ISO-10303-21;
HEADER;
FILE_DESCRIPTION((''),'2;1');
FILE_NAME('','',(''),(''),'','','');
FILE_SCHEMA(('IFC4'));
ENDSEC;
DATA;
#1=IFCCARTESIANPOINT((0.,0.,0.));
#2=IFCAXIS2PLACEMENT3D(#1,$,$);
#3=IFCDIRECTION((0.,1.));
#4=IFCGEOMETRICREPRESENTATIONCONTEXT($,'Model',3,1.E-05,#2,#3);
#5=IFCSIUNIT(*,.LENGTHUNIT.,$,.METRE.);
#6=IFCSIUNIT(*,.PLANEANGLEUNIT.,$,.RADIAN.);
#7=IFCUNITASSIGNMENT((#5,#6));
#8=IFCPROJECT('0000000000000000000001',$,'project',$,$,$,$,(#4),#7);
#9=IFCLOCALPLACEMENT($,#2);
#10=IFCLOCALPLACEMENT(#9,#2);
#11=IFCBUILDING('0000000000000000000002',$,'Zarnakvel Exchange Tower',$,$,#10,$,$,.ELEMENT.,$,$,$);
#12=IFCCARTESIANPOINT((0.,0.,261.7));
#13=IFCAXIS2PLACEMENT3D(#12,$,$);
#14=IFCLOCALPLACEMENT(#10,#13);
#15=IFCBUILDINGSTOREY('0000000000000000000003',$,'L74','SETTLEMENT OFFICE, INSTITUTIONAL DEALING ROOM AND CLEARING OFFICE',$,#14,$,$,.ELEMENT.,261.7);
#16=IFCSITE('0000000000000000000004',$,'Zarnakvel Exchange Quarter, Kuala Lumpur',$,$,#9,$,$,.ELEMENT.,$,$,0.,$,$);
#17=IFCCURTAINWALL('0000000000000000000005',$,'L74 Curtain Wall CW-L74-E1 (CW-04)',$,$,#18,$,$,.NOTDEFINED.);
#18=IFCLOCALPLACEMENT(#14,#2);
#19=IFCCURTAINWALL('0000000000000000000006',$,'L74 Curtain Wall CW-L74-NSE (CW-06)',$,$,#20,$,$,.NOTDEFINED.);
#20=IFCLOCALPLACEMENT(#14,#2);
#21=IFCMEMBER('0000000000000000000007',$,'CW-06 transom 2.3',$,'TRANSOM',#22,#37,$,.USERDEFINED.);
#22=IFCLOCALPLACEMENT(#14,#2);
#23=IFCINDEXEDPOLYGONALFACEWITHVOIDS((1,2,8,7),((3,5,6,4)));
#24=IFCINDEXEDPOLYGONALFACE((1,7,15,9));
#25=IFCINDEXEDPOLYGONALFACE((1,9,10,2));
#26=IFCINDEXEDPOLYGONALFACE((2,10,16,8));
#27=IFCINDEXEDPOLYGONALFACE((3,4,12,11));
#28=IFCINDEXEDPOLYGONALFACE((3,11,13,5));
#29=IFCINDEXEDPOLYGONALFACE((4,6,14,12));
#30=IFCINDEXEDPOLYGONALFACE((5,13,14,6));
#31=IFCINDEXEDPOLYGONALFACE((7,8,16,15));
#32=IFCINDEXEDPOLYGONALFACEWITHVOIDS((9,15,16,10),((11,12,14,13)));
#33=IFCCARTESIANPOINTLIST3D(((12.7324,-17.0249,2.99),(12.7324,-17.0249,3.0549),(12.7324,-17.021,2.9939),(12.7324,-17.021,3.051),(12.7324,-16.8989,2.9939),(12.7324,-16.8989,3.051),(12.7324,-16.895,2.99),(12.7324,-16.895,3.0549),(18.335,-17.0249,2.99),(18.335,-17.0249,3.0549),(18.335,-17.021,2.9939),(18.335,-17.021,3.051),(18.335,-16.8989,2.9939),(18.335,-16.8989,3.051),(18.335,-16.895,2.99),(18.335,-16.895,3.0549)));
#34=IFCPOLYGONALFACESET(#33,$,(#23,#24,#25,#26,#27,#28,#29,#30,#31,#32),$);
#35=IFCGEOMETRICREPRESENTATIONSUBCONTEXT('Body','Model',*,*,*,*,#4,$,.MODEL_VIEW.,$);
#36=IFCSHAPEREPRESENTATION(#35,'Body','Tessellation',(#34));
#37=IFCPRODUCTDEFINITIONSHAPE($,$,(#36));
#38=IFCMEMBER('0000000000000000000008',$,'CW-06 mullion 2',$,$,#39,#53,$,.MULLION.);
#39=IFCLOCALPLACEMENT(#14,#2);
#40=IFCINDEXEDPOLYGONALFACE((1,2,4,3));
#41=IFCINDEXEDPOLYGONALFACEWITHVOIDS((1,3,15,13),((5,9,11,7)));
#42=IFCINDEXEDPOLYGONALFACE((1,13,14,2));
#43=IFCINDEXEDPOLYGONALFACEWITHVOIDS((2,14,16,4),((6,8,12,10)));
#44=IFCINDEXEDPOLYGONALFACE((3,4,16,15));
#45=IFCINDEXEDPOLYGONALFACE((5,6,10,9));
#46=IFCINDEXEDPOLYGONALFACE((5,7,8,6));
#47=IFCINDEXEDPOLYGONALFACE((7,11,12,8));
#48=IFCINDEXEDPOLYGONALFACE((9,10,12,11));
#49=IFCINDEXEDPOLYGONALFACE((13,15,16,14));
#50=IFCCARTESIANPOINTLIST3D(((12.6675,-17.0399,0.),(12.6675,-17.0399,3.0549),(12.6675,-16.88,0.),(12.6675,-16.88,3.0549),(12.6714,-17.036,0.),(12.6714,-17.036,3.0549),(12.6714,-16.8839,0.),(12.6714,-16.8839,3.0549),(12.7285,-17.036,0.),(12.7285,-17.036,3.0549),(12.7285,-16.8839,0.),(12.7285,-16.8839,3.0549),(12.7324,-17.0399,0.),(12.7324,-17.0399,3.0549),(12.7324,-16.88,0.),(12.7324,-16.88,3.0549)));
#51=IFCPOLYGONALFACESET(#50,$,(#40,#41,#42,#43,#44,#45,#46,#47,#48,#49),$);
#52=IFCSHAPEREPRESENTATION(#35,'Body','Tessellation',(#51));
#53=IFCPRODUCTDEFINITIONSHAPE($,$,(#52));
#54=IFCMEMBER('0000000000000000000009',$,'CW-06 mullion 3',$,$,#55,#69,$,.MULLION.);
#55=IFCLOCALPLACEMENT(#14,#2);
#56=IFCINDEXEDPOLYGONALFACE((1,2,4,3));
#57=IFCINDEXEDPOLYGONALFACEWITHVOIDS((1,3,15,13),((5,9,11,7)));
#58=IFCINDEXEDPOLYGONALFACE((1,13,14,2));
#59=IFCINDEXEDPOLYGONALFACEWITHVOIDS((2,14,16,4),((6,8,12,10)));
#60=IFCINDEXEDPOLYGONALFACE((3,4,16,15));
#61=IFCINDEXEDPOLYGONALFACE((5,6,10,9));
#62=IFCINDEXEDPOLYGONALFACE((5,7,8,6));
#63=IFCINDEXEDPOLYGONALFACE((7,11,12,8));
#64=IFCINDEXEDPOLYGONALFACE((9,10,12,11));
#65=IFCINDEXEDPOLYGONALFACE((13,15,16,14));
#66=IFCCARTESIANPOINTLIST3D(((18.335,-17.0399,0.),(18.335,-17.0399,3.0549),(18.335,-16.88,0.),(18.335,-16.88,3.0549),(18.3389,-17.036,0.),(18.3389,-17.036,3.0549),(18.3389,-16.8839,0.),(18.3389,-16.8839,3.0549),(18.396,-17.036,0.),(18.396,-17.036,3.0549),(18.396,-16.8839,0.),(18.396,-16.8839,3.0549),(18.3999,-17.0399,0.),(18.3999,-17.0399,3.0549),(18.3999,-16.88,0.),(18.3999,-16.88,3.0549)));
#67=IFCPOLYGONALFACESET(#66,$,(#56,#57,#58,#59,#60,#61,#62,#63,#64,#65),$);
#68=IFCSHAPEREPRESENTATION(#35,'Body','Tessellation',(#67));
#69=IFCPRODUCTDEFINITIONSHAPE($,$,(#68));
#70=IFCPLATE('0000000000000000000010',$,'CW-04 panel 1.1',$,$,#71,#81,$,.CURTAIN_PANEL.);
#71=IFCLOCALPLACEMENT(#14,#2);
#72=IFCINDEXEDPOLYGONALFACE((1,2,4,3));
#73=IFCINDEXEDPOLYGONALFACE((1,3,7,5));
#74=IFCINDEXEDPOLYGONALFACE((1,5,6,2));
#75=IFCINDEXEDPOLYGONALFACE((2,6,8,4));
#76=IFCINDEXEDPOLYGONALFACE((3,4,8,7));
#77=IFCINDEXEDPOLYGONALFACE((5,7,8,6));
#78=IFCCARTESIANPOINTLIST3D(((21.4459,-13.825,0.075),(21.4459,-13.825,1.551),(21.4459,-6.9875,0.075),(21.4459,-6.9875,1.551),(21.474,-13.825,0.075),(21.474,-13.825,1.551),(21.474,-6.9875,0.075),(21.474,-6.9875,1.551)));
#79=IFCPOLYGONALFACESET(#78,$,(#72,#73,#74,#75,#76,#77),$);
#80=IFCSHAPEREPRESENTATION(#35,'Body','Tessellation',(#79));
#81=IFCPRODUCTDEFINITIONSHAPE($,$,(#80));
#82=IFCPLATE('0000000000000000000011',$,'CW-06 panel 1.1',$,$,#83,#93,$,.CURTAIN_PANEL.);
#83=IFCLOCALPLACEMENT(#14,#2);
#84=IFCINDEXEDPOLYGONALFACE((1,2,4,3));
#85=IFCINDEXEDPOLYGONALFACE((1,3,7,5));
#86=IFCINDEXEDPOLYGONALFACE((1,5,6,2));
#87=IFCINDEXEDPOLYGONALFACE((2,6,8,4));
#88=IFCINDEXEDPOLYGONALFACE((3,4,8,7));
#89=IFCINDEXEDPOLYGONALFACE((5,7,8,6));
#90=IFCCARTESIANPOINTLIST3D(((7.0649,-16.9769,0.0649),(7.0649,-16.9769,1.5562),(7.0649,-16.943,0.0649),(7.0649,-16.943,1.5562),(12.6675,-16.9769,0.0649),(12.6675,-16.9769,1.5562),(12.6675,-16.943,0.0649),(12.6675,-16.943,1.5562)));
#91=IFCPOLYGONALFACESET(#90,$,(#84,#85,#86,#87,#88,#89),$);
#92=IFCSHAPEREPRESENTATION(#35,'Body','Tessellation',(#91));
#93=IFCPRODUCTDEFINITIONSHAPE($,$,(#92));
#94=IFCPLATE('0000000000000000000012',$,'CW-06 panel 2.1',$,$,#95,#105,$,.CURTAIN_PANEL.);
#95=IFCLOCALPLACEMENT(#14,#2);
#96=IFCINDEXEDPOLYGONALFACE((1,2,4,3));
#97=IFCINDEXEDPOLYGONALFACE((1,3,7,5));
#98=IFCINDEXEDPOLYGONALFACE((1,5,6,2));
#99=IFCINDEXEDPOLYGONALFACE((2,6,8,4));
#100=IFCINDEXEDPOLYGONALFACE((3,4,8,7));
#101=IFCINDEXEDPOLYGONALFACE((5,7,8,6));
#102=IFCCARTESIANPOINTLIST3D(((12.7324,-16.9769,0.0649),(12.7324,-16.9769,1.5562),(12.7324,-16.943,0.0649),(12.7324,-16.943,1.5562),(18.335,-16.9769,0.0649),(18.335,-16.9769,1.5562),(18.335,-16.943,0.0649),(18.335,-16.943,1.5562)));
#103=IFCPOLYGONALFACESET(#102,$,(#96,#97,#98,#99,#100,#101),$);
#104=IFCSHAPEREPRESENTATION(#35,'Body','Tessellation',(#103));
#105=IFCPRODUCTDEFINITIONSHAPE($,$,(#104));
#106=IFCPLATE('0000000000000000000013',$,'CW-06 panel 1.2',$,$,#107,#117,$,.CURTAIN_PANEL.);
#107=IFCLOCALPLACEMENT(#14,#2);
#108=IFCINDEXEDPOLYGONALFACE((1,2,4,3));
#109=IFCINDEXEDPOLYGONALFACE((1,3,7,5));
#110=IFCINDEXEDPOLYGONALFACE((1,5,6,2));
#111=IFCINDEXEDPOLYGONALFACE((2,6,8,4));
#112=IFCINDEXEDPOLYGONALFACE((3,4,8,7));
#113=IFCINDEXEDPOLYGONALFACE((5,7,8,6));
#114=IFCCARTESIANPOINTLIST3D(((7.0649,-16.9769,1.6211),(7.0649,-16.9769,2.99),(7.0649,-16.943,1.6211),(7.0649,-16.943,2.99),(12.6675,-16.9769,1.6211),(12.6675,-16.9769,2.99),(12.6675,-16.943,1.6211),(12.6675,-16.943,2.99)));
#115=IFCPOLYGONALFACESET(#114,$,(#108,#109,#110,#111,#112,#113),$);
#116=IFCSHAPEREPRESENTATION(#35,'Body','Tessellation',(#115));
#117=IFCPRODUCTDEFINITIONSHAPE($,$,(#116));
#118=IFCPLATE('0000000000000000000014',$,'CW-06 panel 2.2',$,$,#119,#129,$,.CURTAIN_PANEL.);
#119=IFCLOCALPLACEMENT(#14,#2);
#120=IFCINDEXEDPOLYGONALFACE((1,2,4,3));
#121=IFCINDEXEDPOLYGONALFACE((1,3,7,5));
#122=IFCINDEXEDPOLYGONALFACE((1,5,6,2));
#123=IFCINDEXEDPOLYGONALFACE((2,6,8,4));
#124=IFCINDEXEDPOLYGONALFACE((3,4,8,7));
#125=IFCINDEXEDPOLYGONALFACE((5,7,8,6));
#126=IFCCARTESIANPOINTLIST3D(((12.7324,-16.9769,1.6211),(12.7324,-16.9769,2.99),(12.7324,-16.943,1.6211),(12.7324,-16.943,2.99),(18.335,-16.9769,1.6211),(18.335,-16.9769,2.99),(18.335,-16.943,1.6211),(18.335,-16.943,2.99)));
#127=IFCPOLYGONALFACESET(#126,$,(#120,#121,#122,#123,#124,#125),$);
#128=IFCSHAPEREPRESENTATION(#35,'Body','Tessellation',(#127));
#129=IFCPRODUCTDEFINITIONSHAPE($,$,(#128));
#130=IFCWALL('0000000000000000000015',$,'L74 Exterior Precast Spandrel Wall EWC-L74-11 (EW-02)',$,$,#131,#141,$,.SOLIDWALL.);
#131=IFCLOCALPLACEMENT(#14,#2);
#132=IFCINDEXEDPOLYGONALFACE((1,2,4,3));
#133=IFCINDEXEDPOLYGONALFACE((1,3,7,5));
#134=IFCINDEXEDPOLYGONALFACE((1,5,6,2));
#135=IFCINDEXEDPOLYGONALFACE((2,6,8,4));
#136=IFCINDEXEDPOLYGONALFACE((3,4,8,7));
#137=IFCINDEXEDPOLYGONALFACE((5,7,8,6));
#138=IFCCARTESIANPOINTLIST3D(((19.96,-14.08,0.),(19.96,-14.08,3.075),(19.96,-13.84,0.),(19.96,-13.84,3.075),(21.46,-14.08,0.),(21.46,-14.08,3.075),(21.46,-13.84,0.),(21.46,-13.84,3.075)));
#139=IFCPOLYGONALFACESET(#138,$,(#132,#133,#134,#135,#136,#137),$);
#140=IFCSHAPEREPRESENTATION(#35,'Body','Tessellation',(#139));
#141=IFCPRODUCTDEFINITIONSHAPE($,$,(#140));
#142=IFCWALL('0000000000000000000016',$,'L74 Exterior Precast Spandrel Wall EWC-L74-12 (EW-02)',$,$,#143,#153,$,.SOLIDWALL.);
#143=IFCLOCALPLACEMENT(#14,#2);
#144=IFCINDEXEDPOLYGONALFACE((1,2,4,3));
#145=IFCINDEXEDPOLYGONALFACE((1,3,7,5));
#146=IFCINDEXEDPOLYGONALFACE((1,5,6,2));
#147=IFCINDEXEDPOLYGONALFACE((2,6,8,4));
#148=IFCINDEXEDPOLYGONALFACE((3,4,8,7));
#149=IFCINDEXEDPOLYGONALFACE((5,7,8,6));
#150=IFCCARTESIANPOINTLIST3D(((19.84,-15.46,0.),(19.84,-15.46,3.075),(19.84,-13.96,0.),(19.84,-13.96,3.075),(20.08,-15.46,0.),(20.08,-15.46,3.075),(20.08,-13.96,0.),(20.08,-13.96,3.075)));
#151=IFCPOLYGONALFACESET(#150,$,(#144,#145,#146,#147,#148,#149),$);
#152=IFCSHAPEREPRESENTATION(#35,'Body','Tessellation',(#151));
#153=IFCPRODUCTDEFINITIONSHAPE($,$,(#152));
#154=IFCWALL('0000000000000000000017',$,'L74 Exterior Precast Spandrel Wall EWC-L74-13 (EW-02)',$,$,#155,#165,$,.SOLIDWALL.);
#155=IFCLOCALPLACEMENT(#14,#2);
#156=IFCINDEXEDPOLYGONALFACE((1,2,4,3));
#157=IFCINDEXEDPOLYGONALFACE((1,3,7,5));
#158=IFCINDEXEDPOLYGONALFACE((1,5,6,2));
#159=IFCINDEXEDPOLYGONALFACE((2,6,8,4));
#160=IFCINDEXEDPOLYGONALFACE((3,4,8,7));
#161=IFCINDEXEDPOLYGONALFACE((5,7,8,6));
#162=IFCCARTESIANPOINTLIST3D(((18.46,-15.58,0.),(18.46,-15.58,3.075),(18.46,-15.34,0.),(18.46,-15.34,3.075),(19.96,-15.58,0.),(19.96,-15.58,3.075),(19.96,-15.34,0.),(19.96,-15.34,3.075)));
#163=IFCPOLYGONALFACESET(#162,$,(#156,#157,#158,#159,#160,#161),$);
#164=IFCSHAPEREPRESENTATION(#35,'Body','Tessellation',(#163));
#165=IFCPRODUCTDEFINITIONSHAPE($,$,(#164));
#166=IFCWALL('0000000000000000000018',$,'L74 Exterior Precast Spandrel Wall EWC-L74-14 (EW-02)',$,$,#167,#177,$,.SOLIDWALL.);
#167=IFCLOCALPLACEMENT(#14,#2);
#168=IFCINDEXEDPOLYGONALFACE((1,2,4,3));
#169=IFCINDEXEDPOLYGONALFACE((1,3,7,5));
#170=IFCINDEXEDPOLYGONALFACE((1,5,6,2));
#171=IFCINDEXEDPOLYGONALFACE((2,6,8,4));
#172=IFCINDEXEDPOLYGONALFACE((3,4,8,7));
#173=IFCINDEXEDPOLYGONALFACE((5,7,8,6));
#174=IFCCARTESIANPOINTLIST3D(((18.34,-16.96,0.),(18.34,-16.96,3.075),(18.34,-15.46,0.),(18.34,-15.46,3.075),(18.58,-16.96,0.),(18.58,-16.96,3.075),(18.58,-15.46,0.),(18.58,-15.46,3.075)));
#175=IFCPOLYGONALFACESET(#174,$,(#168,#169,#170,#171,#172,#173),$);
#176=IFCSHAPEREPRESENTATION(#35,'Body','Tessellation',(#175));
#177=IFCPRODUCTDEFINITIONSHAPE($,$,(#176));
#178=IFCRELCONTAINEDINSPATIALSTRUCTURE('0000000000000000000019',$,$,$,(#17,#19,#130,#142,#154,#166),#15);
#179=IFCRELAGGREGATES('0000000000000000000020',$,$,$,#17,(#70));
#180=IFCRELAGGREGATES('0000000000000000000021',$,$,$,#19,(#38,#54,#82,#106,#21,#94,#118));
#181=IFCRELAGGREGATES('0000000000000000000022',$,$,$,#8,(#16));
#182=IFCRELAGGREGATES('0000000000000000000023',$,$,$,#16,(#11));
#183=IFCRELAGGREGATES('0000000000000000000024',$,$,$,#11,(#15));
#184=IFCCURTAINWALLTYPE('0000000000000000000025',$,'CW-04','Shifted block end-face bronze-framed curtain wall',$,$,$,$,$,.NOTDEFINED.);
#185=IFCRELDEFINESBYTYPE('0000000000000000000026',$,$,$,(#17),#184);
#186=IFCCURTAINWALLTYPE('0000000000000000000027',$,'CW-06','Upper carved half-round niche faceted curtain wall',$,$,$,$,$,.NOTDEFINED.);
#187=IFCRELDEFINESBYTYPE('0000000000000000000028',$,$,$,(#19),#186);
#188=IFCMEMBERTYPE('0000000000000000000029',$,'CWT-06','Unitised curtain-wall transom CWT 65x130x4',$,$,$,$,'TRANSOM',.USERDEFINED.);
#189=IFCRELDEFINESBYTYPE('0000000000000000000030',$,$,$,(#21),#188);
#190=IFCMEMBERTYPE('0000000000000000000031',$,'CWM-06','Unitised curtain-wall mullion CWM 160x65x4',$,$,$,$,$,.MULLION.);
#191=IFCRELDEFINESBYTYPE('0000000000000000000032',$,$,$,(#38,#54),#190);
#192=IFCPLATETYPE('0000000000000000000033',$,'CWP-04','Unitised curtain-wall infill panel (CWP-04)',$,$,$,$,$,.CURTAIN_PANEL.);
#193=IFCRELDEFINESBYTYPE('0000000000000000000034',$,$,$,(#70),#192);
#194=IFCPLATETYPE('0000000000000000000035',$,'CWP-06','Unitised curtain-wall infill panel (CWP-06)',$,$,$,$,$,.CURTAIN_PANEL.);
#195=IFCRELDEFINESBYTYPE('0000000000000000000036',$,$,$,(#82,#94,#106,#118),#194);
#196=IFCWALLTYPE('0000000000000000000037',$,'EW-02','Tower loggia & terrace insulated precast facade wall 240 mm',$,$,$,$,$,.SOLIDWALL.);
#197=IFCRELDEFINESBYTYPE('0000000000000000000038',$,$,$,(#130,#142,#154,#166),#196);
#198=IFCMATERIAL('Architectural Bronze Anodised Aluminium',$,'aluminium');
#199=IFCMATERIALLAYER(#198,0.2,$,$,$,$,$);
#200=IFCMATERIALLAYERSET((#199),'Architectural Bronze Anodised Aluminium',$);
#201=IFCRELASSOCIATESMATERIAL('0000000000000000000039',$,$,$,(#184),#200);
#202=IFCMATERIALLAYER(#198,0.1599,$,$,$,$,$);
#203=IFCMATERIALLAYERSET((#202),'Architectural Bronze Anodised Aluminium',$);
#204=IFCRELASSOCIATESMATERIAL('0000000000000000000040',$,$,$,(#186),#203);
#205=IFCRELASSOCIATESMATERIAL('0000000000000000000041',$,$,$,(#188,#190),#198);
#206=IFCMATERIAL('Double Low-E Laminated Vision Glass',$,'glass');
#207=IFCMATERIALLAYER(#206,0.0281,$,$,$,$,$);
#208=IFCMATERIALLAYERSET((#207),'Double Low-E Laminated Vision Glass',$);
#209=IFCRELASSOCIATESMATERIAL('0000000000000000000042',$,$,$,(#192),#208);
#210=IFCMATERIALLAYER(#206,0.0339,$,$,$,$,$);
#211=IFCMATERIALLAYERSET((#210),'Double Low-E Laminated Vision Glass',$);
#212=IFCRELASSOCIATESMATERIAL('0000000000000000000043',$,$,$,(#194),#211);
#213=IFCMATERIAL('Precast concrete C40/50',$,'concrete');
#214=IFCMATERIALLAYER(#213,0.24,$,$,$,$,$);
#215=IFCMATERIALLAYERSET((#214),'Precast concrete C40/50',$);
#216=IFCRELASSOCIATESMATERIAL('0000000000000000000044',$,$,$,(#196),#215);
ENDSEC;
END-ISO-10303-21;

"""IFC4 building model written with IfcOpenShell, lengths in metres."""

from ifc_helpers import new_model, si_unit, direction, frame, frame_2d, origin, origin_2d, place, context, subcontext, project, spatial, rectangle, hollow_rectangle, extrude, source, transform, mapped, material, layer, layer_set, material_profile, profile_set, type_object, element, aggregate, save


model = new_model("IFC4")

# Units and contexts
model_context = context("Model", 3, precision=1e-05, world=origin(), true_north=direction((0.0, 1.0)))
body_context = subcontext(model_context, "Body", "Model", "MODEL_VIEW")
ifc_project = project(units=[si_unit("LENGTHUNIT", "METRE"), si_unit("PLANEANGLEUNIT", "RADIAN")], contexts=[model_context])

# Site, building, storey
site_placement = place(None, origin())
site = spatial("IfcSite", under=ifc_project, at=site_placement, Name="Zarnakvel Exchange Quarter, Kuala Lumpur", CompositionType="ELEMENT", RefElevation=0.0)
building_placement = place(site_placement, origin())
building = spatial("IfcBuilding", under=site, at=building_placement, Name="Zarnakvel Exchange Tower", CompositionType="ELEMENT")
storey_placement = place(building_placement, frame((0.0, 0.0, 261.7)))
storey = spatial("IfcBuildingStorey", under=building, at=storey_placement, Name="L74", Description="SETTLEMENT OFFICE, INSTITUTIONAL DEALING ROOM AND CLEARING OFFICE", CompositionType="ELEMENT", Elevation=261.7)

# Curtain walls, members
ifc_material_1 = material(Name="Architectural Bronze Anodised Aluminium", Category="aluminium")
ifc_layer_1 = layer(ifc_material_1, 0.2)
ifc_layer_set_1 = layer_set([ifc_layer_1], Name="Architectural Bronze Anodised Aluminium")
curtain_wall_type_1 = type_object("IfcCurtainWallType", Name="CW-04", Description="Shifted block end-face bronze-framed curtain wall", PredefinedType="NOTDEFINED", material=ifc_layer_set_1)
curtain_wall_1_placement = place(storey_placement, origin())
curtain_wall_1 = element("IfcCurtainWall", 1, at=curtain_wall_1_placement, inside=storey, type_object=curtain_wall_type_1, Name="L74 Curtain Wall CW-L74-E1 (CW-04)", PredefinedType="NOTDEFINED")
ifc_layer_2 = layer(ifc_material_1, 0.1599)
ifc_layer_set_2 = layer_set([ifc_layer_2], Name="Architectural Bronze Anodised Aluminium")
curtain_wall_type_2 = type_object("IfcCurtainWallType", Name="CW-06", Description="Upper carved half-round niche faceted curtain wall", PredefinedType="NOTDEFINED", material=ifc_layer_set_2)
curtain_wall_2_placement = place(storey_placement, origin())
curtain_wall_2 = element("IfcCurtainWall", 2, at=curtain_wall_2_placement, inside=storey, type_object=curtain_wall_type_2, Name="L74 Curtain Wall CW-L74-NSE (CW-06)", PredefinedType="NOTDEFINED")
ifc_material_profile_1 = material_profile(ifc_material_1, hollow_rectangle(XDim=0.1299, YDim=0.0649, WallThickness=0.0039, at=origin_2d()))
ifc_profile_set_1 = profile_set([ifc_material_profile_1], Name="Architectural Bronze Anodised Aluminium")
member_type_1 = type_object("IfcMemberType", Name="CWT-06", Description="Unitised curtain-wall transom CWT 65x130x4", ElementType="TRANSOM", PredefinedType="USERDEFINED", material=ifc_profile_set_1)
shared_shape_1 = source(origin(), body_context, "Body", "SweptSolid", [
    extrude(hollow_rectangle(XDim=0.1299, YDim=0.0649, WallThickness=0.0039, at=origin_2d()), origin(), (0.0, 0.0, 1.0), 5.6025),
])
member_1_placement = place(storey_placement, frame((12.7324, -16.96, 3.0225), z_axis=(1.0, 0.0, 0.0), x_axis=(0.0, 1.0, 0.0)))
member_1 = element("IfcMember", 3, at=member_1_placement, type_object=member_type_1, Name="CW-06 transom 2.3", ObjectType="TRANSOM", PredefinedType="USERDEFINED", context=body_context, shape_type="MappedRepresentation", body=[
    mapped(shared_shape_1, transform((0.0, 0.0, 0.0), x_axis=(1.0, 0.0, 0.0), y_axis=(0.0, 1.0, 0.0), z_axis=(0.0, 0.0, 1.0), scale=1.0)),
])
ifc_material_profile_2 = material_profile(ifc_material_1, hollow_rectangle(XDim=0.1599, YDim=0.0649, WallThickness=0.0039, at=origin_2d()))
ifc_profile_set_2 = profile_set([ifc_material_profile_2], Name="Architectural Bronze Anodised Aluminium")
member_type_2 = type_object("IfcMemberType", Name="CWM-06", Description="Unitised curtain-wall mullion CWM 160x65x4", PredefinedType="MULLION", material=ifc_profile_set_2)
shared_shape_2 = source(origin(), body_context, "Body", "SweptSolid", [
    extrude(hollow_rectangle(XDim=0.1599, YDim=0.0649, WallThickness=0.0039, at=origin_2d()), origin(), (0.0, 0.0, 1.0), 3.0549),
])
member_2_placement = place(storey_placement, frame((12.7, -16.96, 0.0), z_axis=(0.0, 0.0, 1.0), x_axis=(0.0, 1.0, 0.0)))
member_2 = element("IfcMember", 4, at=member_2_placement, type_object=member_type_2, Name="CW-06 mullion 2", PredefinedType="MULLION", context=body_context, shape_type="MappedRepresentation", body=[
    mapped(shared_shape_2, transform((0.0, 0.0, 0.0), x_axis=(1.0, 0.0, 0.0), y_axis=(0.0, 1.0, 0.0), z_axis=(0.0, 0.0, 1.0), scale=1.0)),
])
member_3_placement = place(storey_placement, frame((18.3674, -16.96, 0.0), z_axis=(0.0, 0.0, 1.0), x_axis=(0.0, 1.0, 0.0)))
member_3 = element("IfcMember", 5, at=member_3_placement, type_object=member_type_2, Name="CW-06 mullion 3", PredefinedType="MULLION", context=body_context, shape_type="MappedRepresentation", body=[
    mapped(shared_shape_2, transform((0.0, 0.0, 0.0), x_axis=(1.0, 0.0, 0.0), y_axis=(0.0, 1.0, 0.0), z_axis=(0.0, 0.0, 1.0), scale=1.0)),
])

# Plates
ifc_material_2 = material(Name="Double Low-E Laminated Vision Glass", Category="glass")
ifc_layer_3 = layer(ifc_material_2, 0.0281)
ifc_layer_set_3 = layer_set([ifc_layer_3], Name="Double Low-E Laminated Vision Glass")
plate_type_1 = type_object("IfcPlateType", Name="CWP-04", Description="Unitised curtain-wall infill panel (CWP-04)", PredefinedType="CURTAIN_PANEL", material=ifc_layer_set_3)
shared_shape_3 = source(origin(), body_context, "Body", "SweptSolid", [
    extrude(rectangle(XDim=6.8374, YDim=0.0281, at=origin_2d()), origin(), (0.0, 0.0, 1.0), 1.4761),
])
plate_1_placement = place(storey_placement, frame((21.46, -10.4062, 0.075), z_axis=(0.0, 0.0, 1.0), x_axis=(0.0, 1.0, 0.0)))
plate_1 = element("IfcPlate", 6, at=plate_1_placement, type_object=plate_type_1, Name="CW-04 panel 1.1", PredefinedType="CURTAIN_PANEL", context=body_context, shape_type="MappedRepresentation", body=[
    mapped(shared_shape_3, transform((0.0, 0.0, 0.0), x_axis=(1.0, 0.0, 0.0), y_axis=(0.0, 1.0, 0.0), z_axis=(0.0, 0.0, 1.0), scale=1.0)),
])
aggregate(curtain_wall_1, [plate_1])
ifc_layer_4 = layer(ifc_material_2, 0.0339)
ifc_layer_set_4 = layer_set([ifc_layer_4], Name="Double Low-E Laminated Vision Glass")
plate_type_2 = type_object("IfcPlateType", Name="CWP-06", Description="Unitised curtain-wall infill panel (CWP-06)", PredefinedType="CURTAIN_PANEL", material=ifc_layer_set_4)
shared_shape_4 = source(origin(), body_context, "Body", "SweptSolid", [
    extrude(rectangle(XDim=5.6025, YDim=0.0339, at=origin_2d()), origin(), (0.0, 0.0, 1.0), 1.4912),
])
plate_2_placement = place(storey_placement, frame((9.8662, -16.96, 0.0649), z_axis=(0.0, 0.0, 1.0), x_axis=(1.0, 0.0, 0.0)))
plate_2 = element("IfcPlate", 7, at=plate_2_placement, type_object=plate_type_2, Name="CW-06 panel 1.1", PredefinedType="CURTAIN_PANEL", context=body_context, shape_type="MappedRepresentation", body=[
    mapped(shared_shape_4, transform((0.0, 0.0, 0.0), x_axis=(1.0, 0.0, 0.0), y_axis=(0.0, 1.0, 0.0), z_axis=(0.0, 0.0, 1.0), scale=1.0)),
])
plate_3_placement = place(storey_placement, frame((15.5337, -16.96, 0.0649), z_axis=(0.0, 0.0, 1.0), x_axis=(1.0, 0.0, 0.0)))
plate_3 = element("IfcPlate", 8, at=plate_3_placement, type_object=plate_type_2, Name="CW-06 panel 2.1", PredefinedType="CURTAIN_PANEL", context=body_context, shape_type="MappedRepresentation", body=[
    mapped(shared_shape_4, transform((0.0, 0.0, 0.0), x_axis=(1.0, 0.0, 0.0), y_axis=(0.0, 1.0, 0.0), z_axis=(0.0, 0.0, 1.0), scale=1.0)),
])
shared_shape_5 = source(origin(), body_context, "Body", "SweptSolid", [
    extrude(rectangle(XDim=5.6025, YDim=0.0339, at=origin_2d()), origin(), (0.0, 0.0, 1.0), 1.3689),
])
plate_4_placement = place(storey_placement, frame((9.8662, -16.96, 1.6211), z_axis=(0.0, 0.0, 1.0), x_axis=(1.0, 0.0, 0.0)))
plate_4 = element("IfcPlate", 9, at=plate_4_placement, type_object=plate_type_2, Name="CW-06 panel 1.2", PredefinedType="CURTAIN_PANEL", context=body_context, shape_type="MappedRepresentation", body=[
    mapped(shared_shape_5, transform((0.0, 0.0, 0.0), x_axis=(1.0, 0.0, 0.0), y_axis=(0.0, 1.0, 0.0), z_axis=(0.0, 0.0, 1.0), scale=1.0)),
])
plate_5_placement = place(storey_placement, frame((15.5337, -16.96, 1.6211), z_axis=(0.0, 0.0, 1.0), x_axis=(1.0, 0.0, 0.0)))
plate_5 = element("IfcPlate", 10, at=plate_5_placement, type_object=plate_type_2, Name="CW-06 panel 2.2", PredefinedType="CURTAIN_PANEL", context=body_context, shape_type="MappedRepresentation", body=[
    mapped(shared_shape_5, transform((0.0, 0.0, 0.0), x_axis=(1.0, 0.0, 0.0), y_axis=(0.0, 1.0, 0.0), z_axis=(0.0, 0.0, 1.0), scale=1.0)),
])
aggregate(curtain_wall_2, [member_2, member_3, plate_2, plate_4, member_1, plate_3, plate_5])

# Walls
ifc_material_3 = material(Name="Precast concrete C40/50", Category="concrete")
ifc_layer_5 = layer(ifc_material_3, 0.24)
ifc_layer_set_5 = layer_set([ifc_layer_5], Name="Precast concrete C40/50")
wall_type_1 = type_object("IfcWallType", Name="EW-02", Description="Tower loggia & terrace insulated precast facade wall 240 mm", PredefinedType="SOLIDWALL", material=ifc_layer_set_5)
for number, where, z_axis, x_axis, name in (
    (11, (19.96, -13.96, 0.0), (0.0, 0.0, 1.0), (1.0, 0.0, 0.0), "L74 Exterior Precast Spandrel Wall EWC-L74-11 (EW-02)"),
    (12, (19.96, -15.46, 0.0), (0.0, 0.0, 1.0), (0.0, 1.0, 0.0), "L74 Exterior Precast Spandrel Wall EWC-L74-12 (EW-02)"),
    (13, (18.46, -15.46, 0.0), (0.0, 0.0, 1.0), (1.0, 0.0, 0.0), "L74 Exterior Precast Spandrel Wall EWC-L74-13 (EW-02)"),
    (14, (18.46, -16.96, 0.0), (0.0, 0.0, 1.0), (0.0, 1.0, 0.0), "L74 Exterior Precast Spandrel Wall EWC-L74-14 (EW-02)"),
):
    element("IfcWall", number, at=place(storey_placement, frame(where, z_axis=z_axis, x_axis=x_axis)), inside=storey, type_object=wall_type_1, Name=name, PredefinedType="SOLIDWALL", context=body_context, shape_type="SweptSolid", body=[
        extrude(rectangle(XDim=1.5, YDim=0.24, at=frame_2d((0.75, 0.0))), origin(), (0.0, 0.0, 1.0), 3.075),
    ])

save(model, "model.ifc")
